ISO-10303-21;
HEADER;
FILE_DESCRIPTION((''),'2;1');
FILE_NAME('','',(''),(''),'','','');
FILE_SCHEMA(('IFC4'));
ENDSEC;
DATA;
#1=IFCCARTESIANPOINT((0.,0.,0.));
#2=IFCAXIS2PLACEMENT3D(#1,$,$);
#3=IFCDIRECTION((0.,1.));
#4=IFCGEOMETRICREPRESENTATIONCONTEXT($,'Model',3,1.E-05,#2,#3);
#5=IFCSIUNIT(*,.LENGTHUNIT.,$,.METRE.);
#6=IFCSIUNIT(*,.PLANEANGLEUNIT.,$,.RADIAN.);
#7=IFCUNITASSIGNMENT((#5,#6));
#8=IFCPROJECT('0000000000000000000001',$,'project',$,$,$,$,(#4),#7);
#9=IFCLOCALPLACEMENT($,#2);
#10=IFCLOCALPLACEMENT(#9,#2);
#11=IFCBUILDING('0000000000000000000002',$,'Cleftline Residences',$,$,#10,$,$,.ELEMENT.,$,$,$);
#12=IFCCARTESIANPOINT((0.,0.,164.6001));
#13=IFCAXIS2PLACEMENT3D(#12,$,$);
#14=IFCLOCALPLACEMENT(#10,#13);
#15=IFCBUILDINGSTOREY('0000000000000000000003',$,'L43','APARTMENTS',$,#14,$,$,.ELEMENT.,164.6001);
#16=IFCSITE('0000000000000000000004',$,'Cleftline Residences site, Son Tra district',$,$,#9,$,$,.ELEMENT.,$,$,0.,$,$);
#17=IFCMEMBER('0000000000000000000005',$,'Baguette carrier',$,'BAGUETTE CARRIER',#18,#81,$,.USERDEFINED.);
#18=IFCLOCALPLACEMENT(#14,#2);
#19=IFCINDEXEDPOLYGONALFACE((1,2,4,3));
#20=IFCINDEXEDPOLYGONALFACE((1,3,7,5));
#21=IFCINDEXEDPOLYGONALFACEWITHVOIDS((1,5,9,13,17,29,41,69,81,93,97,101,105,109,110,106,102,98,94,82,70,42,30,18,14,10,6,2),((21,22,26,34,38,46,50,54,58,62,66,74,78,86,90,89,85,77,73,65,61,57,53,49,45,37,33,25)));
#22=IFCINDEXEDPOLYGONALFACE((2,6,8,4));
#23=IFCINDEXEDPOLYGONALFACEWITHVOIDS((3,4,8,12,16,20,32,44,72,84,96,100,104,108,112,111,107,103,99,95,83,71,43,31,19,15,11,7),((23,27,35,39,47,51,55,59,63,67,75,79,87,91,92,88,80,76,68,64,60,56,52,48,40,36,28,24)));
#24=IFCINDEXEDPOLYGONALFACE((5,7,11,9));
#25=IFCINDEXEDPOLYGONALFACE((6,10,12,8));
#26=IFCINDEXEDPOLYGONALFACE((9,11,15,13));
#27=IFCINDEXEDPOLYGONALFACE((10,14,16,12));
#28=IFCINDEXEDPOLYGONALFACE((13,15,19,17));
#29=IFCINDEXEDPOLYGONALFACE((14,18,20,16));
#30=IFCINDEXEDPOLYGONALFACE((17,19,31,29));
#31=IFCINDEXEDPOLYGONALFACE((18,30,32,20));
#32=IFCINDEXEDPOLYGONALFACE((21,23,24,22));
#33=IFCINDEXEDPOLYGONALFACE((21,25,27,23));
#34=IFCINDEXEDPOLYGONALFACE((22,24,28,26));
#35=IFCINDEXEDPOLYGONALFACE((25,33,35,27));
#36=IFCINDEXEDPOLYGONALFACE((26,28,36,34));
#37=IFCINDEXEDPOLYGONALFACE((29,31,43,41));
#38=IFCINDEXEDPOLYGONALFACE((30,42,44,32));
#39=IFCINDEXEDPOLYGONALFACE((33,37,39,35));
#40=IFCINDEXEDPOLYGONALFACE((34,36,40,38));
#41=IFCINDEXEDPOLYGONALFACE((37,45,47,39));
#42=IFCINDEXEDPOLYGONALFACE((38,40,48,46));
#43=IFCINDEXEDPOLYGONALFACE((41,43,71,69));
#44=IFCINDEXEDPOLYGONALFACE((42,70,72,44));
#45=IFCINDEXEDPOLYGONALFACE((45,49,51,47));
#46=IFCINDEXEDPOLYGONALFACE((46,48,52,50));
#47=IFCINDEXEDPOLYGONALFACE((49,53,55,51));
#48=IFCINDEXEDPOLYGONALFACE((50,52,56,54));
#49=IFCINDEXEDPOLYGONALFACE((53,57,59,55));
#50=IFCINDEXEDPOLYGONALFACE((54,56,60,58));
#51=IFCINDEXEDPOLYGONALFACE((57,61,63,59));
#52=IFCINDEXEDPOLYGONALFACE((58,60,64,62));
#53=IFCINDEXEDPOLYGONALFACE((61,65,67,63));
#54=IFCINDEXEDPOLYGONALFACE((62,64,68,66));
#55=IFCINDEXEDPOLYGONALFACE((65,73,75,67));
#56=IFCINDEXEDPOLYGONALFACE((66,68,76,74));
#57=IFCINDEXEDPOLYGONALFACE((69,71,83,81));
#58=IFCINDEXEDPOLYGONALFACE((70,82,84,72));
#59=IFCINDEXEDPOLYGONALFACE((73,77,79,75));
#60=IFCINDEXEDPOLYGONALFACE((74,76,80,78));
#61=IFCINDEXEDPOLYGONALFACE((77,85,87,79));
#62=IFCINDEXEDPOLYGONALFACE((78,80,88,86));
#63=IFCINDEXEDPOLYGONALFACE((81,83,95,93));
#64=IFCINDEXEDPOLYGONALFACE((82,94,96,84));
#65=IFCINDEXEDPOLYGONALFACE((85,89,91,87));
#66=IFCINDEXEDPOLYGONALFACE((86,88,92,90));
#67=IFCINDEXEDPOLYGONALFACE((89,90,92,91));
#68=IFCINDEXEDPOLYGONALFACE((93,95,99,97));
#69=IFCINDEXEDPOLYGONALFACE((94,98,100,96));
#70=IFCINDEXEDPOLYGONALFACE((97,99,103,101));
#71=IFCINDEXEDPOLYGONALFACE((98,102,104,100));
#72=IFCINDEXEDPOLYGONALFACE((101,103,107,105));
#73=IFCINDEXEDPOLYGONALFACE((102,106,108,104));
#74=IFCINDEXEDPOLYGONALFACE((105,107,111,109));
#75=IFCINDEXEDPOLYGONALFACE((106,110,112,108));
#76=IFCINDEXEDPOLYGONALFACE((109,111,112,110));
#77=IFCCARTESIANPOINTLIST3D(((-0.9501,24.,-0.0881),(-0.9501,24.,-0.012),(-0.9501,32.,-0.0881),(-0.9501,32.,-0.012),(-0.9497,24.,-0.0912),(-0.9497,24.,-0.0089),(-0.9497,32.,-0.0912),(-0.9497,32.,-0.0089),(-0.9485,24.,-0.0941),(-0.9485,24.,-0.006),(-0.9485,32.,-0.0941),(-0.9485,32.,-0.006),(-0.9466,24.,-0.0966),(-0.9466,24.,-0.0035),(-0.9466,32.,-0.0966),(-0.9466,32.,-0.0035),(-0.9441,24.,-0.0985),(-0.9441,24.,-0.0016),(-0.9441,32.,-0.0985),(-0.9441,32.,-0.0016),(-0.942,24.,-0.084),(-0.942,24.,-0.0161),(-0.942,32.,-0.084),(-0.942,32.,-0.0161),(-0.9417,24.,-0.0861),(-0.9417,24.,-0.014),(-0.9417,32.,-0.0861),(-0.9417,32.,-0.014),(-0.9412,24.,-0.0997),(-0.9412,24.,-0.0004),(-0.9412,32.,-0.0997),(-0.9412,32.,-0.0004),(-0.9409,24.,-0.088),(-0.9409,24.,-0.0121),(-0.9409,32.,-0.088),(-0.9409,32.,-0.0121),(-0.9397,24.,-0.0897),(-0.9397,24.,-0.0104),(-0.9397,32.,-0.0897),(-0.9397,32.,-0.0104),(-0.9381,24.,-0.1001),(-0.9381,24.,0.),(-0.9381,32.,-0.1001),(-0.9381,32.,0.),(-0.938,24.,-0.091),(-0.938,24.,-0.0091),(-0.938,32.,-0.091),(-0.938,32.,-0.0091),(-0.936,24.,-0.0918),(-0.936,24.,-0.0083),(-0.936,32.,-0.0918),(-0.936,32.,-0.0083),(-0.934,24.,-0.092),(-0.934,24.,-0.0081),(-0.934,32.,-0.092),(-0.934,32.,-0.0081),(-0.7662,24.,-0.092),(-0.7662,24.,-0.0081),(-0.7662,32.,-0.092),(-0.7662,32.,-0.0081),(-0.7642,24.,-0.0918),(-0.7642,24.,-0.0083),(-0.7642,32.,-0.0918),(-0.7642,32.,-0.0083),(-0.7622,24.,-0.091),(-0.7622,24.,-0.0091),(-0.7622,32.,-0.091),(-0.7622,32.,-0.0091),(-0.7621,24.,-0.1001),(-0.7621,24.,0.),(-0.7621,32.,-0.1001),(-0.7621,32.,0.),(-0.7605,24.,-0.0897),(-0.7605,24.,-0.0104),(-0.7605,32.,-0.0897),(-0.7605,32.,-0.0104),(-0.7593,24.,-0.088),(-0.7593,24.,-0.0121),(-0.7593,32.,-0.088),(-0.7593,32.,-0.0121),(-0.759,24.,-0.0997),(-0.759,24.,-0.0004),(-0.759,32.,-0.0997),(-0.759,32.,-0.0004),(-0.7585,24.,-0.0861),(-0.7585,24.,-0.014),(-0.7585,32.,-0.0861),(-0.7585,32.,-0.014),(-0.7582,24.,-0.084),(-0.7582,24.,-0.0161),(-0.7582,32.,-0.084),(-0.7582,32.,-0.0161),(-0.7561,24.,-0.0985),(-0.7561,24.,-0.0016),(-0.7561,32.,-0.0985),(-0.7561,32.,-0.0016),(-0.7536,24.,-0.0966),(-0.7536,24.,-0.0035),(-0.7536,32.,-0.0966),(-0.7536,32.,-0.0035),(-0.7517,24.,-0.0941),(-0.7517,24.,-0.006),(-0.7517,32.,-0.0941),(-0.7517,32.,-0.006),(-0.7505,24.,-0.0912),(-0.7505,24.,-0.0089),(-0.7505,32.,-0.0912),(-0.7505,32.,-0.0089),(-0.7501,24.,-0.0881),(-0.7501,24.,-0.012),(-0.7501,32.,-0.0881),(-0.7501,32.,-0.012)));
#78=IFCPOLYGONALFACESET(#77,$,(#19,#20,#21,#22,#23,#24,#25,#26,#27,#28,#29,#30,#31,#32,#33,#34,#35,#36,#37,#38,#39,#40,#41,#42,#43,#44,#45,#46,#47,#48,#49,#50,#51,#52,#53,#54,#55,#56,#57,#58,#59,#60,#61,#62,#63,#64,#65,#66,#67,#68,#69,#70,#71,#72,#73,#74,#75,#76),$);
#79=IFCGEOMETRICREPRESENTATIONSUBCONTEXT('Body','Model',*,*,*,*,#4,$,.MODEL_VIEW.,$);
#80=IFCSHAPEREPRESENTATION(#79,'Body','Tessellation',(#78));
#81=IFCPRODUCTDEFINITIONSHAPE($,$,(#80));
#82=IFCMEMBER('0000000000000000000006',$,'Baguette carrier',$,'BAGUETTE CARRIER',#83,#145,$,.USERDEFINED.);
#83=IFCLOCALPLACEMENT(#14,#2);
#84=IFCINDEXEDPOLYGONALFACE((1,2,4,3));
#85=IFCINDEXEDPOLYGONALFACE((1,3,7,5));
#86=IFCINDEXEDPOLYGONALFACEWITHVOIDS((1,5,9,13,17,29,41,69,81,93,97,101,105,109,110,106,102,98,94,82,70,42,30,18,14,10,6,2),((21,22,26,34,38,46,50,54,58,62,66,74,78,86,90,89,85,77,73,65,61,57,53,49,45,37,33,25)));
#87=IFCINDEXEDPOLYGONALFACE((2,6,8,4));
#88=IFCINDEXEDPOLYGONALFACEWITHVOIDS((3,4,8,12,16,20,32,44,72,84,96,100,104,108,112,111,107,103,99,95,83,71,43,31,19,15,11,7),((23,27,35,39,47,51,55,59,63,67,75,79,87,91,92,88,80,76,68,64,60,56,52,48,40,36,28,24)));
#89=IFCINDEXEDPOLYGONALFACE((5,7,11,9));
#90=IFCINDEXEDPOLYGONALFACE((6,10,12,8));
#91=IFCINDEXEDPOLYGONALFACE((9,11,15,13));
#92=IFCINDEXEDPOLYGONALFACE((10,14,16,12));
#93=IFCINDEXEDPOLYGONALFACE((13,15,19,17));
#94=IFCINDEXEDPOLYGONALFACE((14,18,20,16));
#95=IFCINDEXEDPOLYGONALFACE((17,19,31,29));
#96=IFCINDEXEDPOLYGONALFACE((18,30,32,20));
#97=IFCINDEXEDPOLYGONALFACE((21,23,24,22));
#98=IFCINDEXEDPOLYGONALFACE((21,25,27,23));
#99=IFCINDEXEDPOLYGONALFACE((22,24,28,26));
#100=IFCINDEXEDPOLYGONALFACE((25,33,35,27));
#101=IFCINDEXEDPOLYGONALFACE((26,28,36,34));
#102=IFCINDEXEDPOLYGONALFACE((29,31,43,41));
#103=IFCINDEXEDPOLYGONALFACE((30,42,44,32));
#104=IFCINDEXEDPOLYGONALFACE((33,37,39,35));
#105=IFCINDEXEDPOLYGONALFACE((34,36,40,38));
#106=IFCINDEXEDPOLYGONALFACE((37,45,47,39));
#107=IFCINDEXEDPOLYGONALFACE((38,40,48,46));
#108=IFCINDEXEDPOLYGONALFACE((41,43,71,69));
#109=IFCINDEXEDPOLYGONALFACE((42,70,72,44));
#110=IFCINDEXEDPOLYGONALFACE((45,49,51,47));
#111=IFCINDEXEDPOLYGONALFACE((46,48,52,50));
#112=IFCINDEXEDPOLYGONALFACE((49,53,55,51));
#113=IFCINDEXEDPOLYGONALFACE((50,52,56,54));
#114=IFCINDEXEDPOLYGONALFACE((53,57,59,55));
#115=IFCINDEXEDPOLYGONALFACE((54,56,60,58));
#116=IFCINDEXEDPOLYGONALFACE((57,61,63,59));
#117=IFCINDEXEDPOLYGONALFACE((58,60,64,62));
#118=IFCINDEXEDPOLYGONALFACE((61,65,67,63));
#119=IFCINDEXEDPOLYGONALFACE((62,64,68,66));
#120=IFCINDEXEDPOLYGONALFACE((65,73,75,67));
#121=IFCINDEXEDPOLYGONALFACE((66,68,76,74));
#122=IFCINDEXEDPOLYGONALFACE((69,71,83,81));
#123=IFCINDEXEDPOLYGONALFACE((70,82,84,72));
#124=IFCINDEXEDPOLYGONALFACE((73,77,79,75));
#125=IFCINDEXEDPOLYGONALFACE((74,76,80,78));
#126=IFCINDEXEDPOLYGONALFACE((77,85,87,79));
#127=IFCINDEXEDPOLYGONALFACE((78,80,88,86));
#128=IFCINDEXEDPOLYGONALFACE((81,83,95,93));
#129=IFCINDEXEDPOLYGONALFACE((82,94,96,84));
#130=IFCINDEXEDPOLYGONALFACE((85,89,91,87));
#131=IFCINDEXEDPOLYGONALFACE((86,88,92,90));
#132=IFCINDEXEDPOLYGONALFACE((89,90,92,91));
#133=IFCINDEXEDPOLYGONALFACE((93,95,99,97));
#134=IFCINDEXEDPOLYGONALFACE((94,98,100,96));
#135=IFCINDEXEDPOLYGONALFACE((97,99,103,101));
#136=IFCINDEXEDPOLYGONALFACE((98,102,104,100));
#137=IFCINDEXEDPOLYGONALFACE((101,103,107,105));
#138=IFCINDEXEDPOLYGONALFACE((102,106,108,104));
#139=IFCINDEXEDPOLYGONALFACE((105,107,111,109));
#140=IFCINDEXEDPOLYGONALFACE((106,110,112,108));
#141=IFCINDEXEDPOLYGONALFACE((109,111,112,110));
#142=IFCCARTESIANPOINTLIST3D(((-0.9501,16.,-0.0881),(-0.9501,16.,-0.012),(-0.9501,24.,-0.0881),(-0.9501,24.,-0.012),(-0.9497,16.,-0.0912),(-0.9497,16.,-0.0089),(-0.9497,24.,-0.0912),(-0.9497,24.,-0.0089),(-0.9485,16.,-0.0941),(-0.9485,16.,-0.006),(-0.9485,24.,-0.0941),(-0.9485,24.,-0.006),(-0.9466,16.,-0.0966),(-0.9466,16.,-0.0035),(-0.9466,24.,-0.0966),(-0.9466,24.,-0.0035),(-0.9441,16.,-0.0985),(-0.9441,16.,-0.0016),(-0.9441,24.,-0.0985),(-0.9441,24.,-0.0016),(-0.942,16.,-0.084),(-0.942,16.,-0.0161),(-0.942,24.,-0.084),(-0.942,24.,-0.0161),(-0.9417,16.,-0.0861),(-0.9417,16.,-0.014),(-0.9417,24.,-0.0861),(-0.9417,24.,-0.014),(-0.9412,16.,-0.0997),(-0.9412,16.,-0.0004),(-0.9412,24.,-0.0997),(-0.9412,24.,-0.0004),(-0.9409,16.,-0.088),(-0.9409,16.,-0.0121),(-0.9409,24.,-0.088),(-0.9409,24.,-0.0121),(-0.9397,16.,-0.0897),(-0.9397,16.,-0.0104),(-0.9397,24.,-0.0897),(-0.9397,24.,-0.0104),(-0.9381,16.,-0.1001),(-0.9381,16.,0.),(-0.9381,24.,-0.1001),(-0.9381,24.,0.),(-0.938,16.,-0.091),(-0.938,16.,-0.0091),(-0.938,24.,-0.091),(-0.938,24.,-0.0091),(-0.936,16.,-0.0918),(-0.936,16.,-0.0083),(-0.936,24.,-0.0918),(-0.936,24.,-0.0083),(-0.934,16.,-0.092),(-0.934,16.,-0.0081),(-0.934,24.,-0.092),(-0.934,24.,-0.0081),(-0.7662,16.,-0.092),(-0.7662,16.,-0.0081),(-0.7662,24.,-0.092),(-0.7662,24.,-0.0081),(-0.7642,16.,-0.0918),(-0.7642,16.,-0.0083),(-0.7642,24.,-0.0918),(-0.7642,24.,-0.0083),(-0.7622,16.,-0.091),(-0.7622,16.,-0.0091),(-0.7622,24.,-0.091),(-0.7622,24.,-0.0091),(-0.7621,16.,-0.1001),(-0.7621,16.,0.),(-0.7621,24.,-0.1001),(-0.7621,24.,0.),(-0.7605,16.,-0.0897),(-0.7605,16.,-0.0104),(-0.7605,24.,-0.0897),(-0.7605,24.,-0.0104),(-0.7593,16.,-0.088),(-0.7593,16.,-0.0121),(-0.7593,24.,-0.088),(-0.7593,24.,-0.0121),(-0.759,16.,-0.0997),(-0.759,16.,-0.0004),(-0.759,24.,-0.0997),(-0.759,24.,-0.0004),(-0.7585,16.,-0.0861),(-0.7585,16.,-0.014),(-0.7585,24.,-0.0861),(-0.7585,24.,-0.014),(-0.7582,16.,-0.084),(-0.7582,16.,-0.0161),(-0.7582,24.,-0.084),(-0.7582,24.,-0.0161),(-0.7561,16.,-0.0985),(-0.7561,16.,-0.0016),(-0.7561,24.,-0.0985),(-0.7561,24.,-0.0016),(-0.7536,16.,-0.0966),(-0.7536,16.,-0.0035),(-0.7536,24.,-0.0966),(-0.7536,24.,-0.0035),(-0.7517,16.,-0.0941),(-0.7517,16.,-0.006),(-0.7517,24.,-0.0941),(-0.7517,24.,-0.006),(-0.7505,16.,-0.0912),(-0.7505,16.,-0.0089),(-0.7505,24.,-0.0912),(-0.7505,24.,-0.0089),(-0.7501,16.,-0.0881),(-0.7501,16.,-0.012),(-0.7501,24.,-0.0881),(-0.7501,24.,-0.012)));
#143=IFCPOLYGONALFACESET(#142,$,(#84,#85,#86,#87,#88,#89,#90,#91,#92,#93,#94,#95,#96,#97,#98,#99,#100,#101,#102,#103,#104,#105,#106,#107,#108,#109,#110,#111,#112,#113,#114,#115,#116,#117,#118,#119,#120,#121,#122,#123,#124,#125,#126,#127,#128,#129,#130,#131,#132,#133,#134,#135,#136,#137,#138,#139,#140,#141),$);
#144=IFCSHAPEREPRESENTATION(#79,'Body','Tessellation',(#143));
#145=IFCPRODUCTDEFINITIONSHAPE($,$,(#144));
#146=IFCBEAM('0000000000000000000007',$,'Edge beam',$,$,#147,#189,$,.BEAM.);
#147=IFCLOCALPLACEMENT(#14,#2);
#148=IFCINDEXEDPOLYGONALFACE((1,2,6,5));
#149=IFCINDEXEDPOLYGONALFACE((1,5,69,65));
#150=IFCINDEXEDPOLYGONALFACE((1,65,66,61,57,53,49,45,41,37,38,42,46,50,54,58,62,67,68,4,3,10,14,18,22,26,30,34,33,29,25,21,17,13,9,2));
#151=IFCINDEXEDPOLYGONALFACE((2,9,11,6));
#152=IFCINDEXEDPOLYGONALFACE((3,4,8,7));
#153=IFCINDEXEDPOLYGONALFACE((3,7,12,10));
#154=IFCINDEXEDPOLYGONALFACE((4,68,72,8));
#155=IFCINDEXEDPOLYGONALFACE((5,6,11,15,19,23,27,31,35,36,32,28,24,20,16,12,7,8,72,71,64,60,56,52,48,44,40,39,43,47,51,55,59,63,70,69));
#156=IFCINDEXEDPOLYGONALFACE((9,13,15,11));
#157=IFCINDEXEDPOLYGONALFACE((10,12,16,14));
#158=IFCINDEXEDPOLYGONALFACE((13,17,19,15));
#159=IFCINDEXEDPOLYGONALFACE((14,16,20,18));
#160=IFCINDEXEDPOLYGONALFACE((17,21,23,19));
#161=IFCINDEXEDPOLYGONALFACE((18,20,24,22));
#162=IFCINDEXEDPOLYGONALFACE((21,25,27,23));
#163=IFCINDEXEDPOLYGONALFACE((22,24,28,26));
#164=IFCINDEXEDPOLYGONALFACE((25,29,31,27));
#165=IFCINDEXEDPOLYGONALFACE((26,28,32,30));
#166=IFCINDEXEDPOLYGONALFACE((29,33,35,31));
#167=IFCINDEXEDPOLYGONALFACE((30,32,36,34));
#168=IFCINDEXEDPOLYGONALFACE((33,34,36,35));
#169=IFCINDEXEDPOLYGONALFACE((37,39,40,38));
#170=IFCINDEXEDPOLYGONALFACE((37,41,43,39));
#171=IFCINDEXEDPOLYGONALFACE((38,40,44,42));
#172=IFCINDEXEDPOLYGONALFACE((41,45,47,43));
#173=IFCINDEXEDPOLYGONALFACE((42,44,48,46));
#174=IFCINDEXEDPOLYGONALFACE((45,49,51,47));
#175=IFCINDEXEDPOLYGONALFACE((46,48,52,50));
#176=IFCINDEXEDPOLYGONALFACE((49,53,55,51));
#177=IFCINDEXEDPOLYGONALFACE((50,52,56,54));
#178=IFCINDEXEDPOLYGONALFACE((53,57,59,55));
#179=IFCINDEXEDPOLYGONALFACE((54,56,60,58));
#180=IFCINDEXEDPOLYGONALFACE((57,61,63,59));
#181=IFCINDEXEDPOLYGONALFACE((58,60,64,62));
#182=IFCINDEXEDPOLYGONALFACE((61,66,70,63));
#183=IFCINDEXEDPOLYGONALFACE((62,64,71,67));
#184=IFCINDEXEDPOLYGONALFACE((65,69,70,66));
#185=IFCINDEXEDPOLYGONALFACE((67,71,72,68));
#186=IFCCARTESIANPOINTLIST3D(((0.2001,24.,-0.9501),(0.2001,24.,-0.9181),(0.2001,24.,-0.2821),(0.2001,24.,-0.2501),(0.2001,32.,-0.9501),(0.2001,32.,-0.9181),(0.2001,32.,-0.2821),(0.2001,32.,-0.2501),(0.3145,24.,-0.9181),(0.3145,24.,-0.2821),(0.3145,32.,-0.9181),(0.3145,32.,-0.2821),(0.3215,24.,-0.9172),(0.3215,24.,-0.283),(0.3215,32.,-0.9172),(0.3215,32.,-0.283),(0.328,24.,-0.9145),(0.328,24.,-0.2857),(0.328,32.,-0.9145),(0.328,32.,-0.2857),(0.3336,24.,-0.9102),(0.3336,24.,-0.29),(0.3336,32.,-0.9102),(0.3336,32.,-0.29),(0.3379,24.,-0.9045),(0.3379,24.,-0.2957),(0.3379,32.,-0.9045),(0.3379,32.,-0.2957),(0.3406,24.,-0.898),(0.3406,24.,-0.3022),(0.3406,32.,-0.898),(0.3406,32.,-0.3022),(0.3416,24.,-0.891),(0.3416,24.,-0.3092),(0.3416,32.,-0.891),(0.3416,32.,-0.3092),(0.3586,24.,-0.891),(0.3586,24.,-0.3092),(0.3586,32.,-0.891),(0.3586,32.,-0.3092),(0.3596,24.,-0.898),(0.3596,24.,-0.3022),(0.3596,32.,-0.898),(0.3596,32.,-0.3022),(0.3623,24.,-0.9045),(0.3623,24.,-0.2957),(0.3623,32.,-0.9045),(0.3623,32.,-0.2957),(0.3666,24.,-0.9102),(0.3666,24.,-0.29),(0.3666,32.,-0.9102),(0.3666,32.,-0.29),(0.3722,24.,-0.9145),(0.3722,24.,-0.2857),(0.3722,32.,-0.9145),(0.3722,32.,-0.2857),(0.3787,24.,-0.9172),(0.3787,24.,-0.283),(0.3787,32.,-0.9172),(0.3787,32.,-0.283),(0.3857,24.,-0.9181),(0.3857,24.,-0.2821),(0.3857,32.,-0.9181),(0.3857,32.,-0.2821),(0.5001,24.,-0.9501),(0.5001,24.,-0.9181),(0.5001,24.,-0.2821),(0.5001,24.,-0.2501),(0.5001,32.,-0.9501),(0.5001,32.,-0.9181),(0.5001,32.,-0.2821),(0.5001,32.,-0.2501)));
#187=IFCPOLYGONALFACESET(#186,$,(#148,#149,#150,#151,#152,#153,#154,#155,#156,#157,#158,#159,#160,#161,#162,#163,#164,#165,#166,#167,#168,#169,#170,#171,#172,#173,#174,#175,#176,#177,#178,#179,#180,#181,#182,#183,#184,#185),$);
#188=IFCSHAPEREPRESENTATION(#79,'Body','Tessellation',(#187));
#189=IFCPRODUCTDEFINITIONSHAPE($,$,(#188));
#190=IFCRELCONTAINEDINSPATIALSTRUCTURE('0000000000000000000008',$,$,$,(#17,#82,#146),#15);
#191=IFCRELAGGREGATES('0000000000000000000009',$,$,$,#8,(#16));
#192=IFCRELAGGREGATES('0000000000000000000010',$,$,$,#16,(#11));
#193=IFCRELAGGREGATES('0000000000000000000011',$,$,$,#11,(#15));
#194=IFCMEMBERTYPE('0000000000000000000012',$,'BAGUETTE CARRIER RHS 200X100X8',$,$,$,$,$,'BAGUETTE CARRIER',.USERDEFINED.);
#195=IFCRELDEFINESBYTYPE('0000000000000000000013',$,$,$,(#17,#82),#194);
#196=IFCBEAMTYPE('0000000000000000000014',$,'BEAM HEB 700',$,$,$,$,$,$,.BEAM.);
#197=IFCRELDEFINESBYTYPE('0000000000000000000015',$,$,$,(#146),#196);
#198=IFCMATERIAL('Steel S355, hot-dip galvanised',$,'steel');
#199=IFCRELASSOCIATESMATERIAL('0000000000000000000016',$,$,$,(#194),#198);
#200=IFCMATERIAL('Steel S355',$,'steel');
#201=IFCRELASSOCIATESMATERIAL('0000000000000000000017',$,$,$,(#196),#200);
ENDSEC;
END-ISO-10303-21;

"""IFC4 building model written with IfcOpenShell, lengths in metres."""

from ifc_helpers import new_model, si_unit, direction, frame, origin, origin_2d, place, context, subcontext, project, spatial, hollow_rectangle, i_section, extrude, material, material_profile, profile_set, type_object, element, save


model = new_model("IFC4")

# Units and contexts
model_context = context("Model", 3, precision=1e-05, world=origin(), true_north=direction((0.0, 1.0)))
body_context = subcontext(model_context, "Body", "Model", "MODEL_VIEW")
ifc_project = project(units=[si_unit("LENGTHUNIT", "METRE"), si_unit("PLANEANGLEUNIT", "RADIAN")], contexts=[model_context])

# Site, building, storey
site_placement = place(None, origin())
site = spatial("IfcSite", under=ifc_project, at=site_placement, Name="Cleftline Residences site, Son Tra district", CompositionType="ELEMENT", RefElevation=0.0)
building_placement = place(site_placement, origin())
building = spatial("IfcBuilding", under=site, at=building_placement, Name="Cleftline Residences", CompositionType="ELEMENT")
storey_placement = place(building_placement, frame((0.0, 0.0, 164.6001)))
storey = spatial("IfcBuildingStorey", under=building, at=storey_placement, Name="L43", Description="APARTMENTS", CompositionType="ELEMENT", Elevation=164.6001)

# Members
ifc_material_1 = material(Name="Steel S355, hot-dip galvanised", Category="steel")
ifc_material_profile_1 = material_profile(ifc_material_1, hollow_rectangle(XDim=0.1001, YDim=0.2, WallThickness=0.0081, InnerFilletRadius=0.0081, OuterFilletRadius=0.012, at=origin_2d()))
ifc_profile_set_1 = profile_set([ifc_material_profile_1], Name="Steel S355, hot-dip galvanised")
member_type_1 = type_object("IfcMemberType", Name="BAGUETTE CARRIER RHS 200X100X8", ElementType="BAGUETTE CARRIER", PredefinedType="USERDEFINED", material=ifc_profile_set_1)
for number, where, z_axis, x_axis, name in (
    (1, (-0.8501, 32.0, -0.05), (0.0, -1.0, 0.0), (0.0, 0.0, 1.0), "Baguette carrier"),
    (2, (-0.8501, 24.0, -0.05), (0.0, -1.0, 0.0), (0.0, 0.0, 1.0), "Baguette carrier"),
):
    element("IfcMember", number, at=place(storey_placement, frame(where, z_axis=z_axis, x_axis=x_axis)), inside=storey, type_object=member_type_1, Name=name, ObjectType="BAGUETTE CARRIER", PredefinedType="USERDEFINED", context=body_context, shape_type="SweptSolid", body=[
        extrude(hollow_rectangle(XDim=0.1001, YDim=0.2, WallThickness=0.0081, InnerFilletRadius=0.0081, OuterFilletRadius=0.012, at=origin_2d()), origin(), (0.0, 0.0, 1.0), 8.0),
    ])

# Beam
ifc_material_2 = material(Name="Steel S355", Category="steel")
ifc_material_profile_2 = material_profile(ifc_material_2, i_section(OverallWidth=0.3, OverallDepth=0.7, WebThickness=0.0171, FlangeThickness=0.032, FilletRadius=0.0271, at=origin_2d()))
ifc_profile_set_2 = profile_set([ifc_material_profile_2], Name="Steel S355")
beam_type_1 = type_object("IfcBeamType", Name="BEAM HEB 700", PredefinedType="BEAM", material=ifc_profile_set_2)
for number, where, z_axis, x_axis, name in (
    (3, (0.3501, 24.0, -0.6001), (0.0, 1.0, 0.0), (-1.0, 0.0, 0.0), "Edge beam"),
):
    element("IfcBeam", number, at=place(storey_placement, frame(where, z_axis=z_axis, x_axis=x_axis)), inside=storey, type_object=beam_type_1, Name=name, PredefinedType="BEAM", context=body_context, shape_type="SweptSolid", body=[
        extrude(i_section(OverallWidth=0.3, OverallDepth=0.7, WebThickness=0.0171, FlangeThickness=0.032, FilletRadius=0.0271, at=origin_2d()), origin(), (0.0, 0.0, 1.0), 8.0),
    ])

save(model, "model.ifc")
